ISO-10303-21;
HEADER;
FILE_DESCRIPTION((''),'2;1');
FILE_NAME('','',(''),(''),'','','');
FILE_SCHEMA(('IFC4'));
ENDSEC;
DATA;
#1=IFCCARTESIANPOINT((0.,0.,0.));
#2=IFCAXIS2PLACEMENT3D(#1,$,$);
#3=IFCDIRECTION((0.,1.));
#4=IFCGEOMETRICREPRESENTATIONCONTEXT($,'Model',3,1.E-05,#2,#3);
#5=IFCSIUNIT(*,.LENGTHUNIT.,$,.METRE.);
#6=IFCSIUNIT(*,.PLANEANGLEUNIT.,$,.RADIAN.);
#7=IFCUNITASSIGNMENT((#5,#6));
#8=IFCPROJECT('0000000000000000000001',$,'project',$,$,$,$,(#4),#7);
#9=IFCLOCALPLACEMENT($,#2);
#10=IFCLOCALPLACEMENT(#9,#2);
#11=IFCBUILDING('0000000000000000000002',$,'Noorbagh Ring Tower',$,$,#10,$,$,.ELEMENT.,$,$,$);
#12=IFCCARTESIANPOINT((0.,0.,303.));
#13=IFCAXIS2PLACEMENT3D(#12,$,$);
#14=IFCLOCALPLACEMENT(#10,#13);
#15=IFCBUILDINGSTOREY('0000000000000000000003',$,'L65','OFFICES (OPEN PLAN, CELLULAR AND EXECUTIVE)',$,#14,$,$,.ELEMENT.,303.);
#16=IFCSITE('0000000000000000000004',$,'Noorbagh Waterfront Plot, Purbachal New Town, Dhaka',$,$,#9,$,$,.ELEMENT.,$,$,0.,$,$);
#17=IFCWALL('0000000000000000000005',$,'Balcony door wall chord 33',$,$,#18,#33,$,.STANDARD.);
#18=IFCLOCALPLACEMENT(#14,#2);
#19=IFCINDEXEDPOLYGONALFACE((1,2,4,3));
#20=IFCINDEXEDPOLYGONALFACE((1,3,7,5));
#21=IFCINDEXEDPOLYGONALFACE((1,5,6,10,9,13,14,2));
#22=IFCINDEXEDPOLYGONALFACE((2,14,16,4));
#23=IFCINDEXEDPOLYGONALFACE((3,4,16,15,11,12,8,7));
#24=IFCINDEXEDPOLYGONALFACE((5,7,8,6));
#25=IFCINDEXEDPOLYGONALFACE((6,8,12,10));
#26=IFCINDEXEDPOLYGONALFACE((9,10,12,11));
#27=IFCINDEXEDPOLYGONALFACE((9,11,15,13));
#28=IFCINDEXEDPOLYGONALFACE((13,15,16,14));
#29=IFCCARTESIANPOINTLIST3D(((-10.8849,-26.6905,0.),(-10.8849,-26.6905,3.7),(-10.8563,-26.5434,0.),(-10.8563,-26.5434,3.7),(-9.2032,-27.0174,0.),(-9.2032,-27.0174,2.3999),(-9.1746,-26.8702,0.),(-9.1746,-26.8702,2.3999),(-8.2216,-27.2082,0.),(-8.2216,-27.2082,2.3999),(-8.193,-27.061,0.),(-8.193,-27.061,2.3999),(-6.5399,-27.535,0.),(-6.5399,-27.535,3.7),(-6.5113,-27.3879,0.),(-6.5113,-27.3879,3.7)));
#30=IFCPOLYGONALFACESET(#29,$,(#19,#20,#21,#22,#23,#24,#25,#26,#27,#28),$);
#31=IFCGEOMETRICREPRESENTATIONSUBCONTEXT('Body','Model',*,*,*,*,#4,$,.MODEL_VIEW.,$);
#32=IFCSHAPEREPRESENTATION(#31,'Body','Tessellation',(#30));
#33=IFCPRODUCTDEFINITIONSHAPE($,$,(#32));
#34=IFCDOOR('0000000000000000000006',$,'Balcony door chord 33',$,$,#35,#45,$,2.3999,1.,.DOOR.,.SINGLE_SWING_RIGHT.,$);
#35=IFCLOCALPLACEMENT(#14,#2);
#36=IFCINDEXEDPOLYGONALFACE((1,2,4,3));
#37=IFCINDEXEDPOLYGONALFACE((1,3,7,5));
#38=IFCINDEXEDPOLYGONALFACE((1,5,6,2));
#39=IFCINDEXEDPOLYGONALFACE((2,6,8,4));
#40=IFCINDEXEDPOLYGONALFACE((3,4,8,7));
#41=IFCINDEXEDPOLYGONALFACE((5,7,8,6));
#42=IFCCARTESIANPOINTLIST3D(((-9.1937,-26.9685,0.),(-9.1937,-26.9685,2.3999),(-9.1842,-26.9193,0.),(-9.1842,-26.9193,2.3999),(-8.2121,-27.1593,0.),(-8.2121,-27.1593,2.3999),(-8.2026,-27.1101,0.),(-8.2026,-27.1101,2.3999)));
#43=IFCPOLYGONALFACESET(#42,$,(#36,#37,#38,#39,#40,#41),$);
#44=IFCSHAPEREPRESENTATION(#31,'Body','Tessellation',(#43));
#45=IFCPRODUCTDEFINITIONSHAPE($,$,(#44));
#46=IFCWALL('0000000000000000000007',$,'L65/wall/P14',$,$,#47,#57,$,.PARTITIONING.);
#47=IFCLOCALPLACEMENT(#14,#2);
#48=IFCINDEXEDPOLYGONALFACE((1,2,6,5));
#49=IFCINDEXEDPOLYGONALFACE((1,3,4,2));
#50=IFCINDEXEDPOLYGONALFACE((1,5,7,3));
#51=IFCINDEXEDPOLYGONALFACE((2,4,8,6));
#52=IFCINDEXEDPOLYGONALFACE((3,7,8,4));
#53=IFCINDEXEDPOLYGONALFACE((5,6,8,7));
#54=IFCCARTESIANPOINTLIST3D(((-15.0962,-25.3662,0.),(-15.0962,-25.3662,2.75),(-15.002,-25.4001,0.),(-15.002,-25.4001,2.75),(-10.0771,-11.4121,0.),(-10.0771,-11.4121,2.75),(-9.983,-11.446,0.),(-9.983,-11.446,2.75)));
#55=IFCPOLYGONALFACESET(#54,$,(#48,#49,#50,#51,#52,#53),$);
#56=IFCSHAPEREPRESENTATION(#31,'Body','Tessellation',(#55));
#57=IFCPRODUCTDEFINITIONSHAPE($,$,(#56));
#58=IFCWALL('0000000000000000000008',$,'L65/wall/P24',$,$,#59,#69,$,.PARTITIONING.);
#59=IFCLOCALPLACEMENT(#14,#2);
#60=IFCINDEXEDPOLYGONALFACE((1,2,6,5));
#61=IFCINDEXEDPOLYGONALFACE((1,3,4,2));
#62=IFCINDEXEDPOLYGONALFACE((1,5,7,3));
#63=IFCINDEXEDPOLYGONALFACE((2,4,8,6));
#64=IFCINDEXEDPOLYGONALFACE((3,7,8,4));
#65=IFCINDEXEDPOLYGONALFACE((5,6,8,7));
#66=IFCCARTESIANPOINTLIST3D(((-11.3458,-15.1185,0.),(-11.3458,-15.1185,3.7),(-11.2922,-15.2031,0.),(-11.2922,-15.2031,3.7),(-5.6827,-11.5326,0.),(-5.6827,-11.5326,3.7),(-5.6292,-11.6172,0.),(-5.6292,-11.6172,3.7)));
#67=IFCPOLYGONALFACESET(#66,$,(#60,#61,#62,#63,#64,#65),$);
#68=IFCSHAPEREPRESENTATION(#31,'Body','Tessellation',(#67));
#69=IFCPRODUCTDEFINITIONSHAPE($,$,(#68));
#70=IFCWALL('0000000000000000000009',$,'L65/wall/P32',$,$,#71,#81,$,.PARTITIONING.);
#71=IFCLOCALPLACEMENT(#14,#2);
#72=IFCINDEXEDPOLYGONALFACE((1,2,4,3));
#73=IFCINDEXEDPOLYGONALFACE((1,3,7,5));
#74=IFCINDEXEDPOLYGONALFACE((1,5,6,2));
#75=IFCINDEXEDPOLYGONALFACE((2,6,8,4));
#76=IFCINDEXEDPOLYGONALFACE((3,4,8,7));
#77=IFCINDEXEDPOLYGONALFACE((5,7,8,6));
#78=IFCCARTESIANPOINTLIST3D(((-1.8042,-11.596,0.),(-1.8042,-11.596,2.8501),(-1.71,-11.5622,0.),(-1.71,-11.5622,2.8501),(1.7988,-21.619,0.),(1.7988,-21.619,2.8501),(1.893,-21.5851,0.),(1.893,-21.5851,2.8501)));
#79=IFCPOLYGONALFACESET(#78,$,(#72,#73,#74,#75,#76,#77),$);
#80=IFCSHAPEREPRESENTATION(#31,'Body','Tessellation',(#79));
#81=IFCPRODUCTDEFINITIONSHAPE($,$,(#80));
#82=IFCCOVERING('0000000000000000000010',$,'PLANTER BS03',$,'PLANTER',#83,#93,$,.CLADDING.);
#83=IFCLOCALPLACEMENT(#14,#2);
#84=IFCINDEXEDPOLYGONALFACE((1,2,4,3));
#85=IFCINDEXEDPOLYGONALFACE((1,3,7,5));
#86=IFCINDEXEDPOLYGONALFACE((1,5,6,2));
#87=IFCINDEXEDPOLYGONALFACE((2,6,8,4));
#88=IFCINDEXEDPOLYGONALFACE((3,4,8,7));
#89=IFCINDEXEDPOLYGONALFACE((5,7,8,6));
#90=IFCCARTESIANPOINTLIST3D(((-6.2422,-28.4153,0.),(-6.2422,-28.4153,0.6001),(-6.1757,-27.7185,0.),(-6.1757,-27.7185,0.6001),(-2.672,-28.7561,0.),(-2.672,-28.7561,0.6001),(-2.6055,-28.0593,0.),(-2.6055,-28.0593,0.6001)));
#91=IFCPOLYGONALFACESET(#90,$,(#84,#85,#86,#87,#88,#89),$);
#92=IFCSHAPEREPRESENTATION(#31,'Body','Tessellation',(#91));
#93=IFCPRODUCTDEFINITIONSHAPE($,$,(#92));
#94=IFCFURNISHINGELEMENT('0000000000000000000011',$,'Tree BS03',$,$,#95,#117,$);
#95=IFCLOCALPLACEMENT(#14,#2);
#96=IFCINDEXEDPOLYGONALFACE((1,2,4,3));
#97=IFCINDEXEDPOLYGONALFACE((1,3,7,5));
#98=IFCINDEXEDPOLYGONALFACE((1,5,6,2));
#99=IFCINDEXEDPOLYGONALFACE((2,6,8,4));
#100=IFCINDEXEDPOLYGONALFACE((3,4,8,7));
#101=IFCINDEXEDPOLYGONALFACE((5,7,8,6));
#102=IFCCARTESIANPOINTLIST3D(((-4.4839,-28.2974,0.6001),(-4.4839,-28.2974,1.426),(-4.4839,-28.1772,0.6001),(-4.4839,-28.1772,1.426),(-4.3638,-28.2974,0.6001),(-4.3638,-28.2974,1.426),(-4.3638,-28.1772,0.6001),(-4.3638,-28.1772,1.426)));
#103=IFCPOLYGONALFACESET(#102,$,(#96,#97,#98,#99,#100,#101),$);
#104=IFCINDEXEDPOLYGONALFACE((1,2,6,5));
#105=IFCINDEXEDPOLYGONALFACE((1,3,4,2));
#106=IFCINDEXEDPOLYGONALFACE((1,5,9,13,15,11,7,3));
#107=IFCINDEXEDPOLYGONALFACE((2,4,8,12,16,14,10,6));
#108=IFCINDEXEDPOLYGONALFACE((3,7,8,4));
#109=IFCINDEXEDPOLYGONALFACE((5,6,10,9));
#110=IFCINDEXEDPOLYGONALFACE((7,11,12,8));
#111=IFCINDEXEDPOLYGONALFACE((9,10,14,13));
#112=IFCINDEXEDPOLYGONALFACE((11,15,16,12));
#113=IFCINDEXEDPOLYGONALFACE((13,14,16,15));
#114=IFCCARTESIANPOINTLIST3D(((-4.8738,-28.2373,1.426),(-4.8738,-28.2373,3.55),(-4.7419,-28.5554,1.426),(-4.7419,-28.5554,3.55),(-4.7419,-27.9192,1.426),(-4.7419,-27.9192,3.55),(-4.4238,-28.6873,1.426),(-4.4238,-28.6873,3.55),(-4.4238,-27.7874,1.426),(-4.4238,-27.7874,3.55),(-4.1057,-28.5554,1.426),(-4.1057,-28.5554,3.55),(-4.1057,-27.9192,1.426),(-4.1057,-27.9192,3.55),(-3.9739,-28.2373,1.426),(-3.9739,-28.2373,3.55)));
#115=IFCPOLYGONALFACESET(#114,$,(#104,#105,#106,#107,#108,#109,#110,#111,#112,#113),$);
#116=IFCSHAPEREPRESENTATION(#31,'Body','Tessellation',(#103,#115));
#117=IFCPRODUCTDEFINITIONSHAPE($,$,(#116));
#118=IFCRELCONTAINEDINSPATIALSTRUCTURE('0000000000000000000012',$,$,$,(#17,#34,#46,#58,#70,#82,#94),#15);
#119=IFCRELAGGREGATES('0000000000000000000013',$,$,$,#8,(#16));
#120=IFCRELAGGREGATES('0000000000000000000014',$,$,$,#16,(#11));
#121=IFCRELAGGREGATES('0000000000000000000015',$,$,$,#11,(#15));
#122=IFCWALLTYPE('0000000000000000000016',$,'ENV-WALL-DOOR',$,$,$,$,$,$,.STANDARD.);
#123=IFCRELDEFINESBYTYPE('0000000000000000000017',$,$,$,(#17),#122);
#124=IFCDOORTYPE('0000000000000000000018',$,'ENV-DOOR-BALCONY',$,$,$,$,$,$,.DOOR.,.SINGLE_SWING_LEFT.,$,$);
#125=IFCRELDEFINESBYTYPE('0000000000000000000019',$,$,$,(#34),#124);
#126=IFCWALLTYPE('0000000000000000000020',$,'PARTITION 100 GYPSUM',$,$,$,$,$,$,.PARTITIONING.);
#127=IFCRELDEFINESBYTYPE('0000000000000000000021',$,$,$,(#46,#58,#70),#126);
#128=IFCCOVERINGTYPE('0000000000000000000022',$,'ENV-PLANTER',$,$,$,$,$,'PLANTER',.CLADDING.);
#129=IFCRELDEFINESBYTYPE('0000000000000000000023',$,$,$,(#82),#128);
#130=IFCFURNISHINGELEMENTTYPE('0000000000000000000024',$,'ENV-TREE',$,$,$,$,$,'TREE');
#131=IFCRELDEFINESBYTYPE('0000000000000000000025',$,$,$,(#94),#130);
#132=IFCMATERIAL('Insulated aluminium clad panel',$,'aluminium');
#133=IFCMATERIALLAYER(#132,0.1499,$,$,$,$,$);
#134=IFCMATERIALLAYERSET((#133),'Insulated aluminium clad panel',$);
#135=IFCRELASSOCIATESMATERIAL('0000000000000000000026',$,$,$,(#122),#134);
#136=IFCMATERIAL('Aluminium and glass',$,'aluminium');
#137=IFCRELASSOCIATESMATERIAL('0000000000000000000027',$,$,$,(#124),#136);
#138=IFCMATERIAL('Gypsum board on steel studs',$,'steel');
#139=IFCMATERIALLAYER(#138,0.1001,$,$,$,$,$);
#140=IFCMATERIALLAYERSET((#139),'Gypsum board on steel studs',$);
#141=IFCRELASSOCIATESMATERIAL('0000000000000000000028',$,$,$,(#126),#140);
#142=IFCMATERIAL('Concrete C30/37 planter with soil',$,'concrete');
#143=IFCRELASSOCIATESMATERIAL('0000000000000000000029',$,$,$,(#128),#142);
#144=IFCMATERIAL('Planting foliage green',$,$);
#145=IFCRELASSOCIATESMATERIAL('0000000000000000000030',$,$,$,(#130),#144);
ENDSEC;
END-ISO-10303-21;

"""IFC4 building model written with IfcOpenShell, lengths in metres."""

from ifc_helpers import new_model, si_unit, direction, frame, frame_2d, origin, origin_2d, place, context, subcontext, project, spatial, polyline, rectangle, outline, extrude, material, layer, layer_set, type_object, element, fill, save


model = new_model("IFC4")

# Units and contexts
model_context = context("Model", 3, precision=1e-05, world=origin(), true_north=direction((0.0, 1.0)))
body_context = subcontext(model_context, "Body", "Model", "MODEL_VIEW")
ifc_project = project(units=[si_unit("LENGTHUNIT", "METRE"), si_unit("PLANEANGLEUNIT", "RADIAN")], contexts=[model_context])

# Site, building, storey
site_placement = place(None, origin())
site = spatial("IfcSite", under=ifc_project, at=site_placement, Name="Noorbagh Waterfront Plot, Purbachal New Town, Dhaka", CompositionType="ELEMENT", RefElevation=0.0)
building_placement = place(site_placement, origin())
building = spatial("IfcBuilding", under=site, at=building_placement, Name="Noorbagh Ring Tower", CompositionType="ELEMENT")
storey_placement = place(building_placement, frame((0.0, 0.0, 303.0)))
storey = spatial("IfcBuildingStorey", under=building, at=storey_placement, Name="L65", Description="OFFICES (OPEN PLAN, CELLULAR AND EXECUTIVE)", CompositionType="ELEMENT", Elevation=303.0)

# Wall, opening, door
ifc_material_1 = material(Name="Insulated aluminium clad panel", Category="aluminium")
ifc_layer_1 = layer(ifc_material_1, 0.1499)
ifc_layer_set_1 = layer_set([ifc_layer_1], Name="Insulated aluminium clad panel")
wall_type_1 = type_object("IfcWallType", Name="ENV-WALL-DOOR", PredefinedType="STANDARD", material=ifc_layer_set_1)
wall_1_placement = place(storey_placement, frame((-10.8706, -26.6169, 0.0), z_axis=(0.0, 0.0, 1.0), x_axis=(0.981631, -0.190788, 0.0)))
wall_1 = element("IfcWall", 1, at=wall_1_placement, inside=storey, type_object=wall_type_1, Name="Balcony door wall chord 33", PredefinedType="STANDARD", context=body_context, shape_type="SweptSolid", body=[
    extrude(rectangle(XDim=4.4263, YDim=0.1499, at=frame_2d((2.2131, 0.0))), origin(), (0.0, 0.0, 1.0), 3.7),
])
opening_placement = place(wall_1_placement, frame((1.7131, 0.0, 0.0)))
opening = element("IfcOpeningElement", 2, at=opening_placement, cuts=wall_1, PredefinedType="OPENING", context=body_context, shape_type="SweptSolid", body=[
    extrude(rectangle(XDim=1.0, YDim=2.3999, at=frame_2d((0.5, 1.2))), frame((0.0, 0.085, 0.0), z_axis=(0.0, -1.0, 0.0), x_axis=(1.0, 0.0, 0.0)), (0.0, 0.0, 1.0), 0.1699),
])
ifc_material_2 = material(Name="Aluminium and glass", Category="aluminium")
door_type = type_object("IfcDoorType", Name="ENV-DOOR-BALCONY", OperationType="SINGLE_SWING_LEFT", PredefinedType="DOOR", material=ifc_material_2)
door_placement = place(opening_placement, origin())
door = element("IfcDoor", 3, at=door_placement, inside=storey, type_object=door_type, Name="Balcony door chord 33", OperationType="SINGLE_SWING_RIGHT", OverallHeight=2.3999, OverallWidth=1.0, PredefinedType="DOOR", context=body_context, shape_type="SweptSolid", body=[
    extrude(rectangle(XDim=1.0, YDim=2.3999, at=frame_2d((0.5, 1.2))), frame((0.0, 0.0249, 0.0), z_axis=(0.0, -1.0, 0.0), x_axis=(1.0, 0.0, 0.0)), (0.0, 0.0, 1.0), 0.05),
])
fill(opening, door)

# Walls
ifc_material_3 = material(Name="Gypsum board on steel studs", Category="steel")
ifc_layer_2 = layer(ifc_material_3, 0.1001)
ifc_layer_set_2 = layer_set([ifc_layer_2], Name="Gypsum board on steel studs")
wall_type_2 = type_object("IfcWallType", Name="PARTITION 100 GYPSUM", PredefinedType="PARTITIONING", material=ifc_layer_set_2)
wall_2_placement = place(storey_placement, frame((-15.0491, -25.3831, 0.0), z_axis=(0.0, 0.0, 1.0), x_axis=(0.338455, 0.940983, 0.0)))
element("IfcWall", 4, at=wall_2_placement, inside=storey, type_object=wall_type_2, Name="L65/wall/P14", PredefinedType="PARTITIONING", context=body_context, shape_type="SweptSolid", body=[
    extrude(rectangle(XDim=14.8293, YDim=0.1001, at=frame_2d((7.4146, 0.0))), origin(), (0.0, 0.0, 1.0), 2.75),
])
wall_3_placement = place(storey_placement, frame((-11.3191, -15.1609, 0.0), z_axis=(0.0, 0.0, 1.0), x_axis=(0.844865, 0.534979, 0.0)))
element("IfcWall", 5, at=wall_3_placement, inside=storey, type_object=wall_type_2, Name="L65/wall/P24", PredefinedType="PARTITIONING", context=body_context, shape_type="SweptSolid", body=[
    extrude(rectangle(XDim=6.7029, YDim=0.1001, at=frame_2d((3.3516, 0.0))), origin(), (0.0, 0.0, 1.0), 3.7),
])
wall_4_placement = place(storey_placement, frame((-1.7571, -11.5791, 0.0), z_axis=(0.0, 0.0, 1.0), x_axis=(0.338284, -0.941044, 0.0)))
element("IfcWall", 6, at=wall_4_placement, inside=storey, type_object=wall_type_2, Name="L65/wall/P32", PredefinedType="PARTITIONING", context=body_context, shape_type="SweptSolid", body=[
    extrude(rectangle(XDim=10.6509, YDim=0.1001, at=frame_2d((5.3254, 0.0))), origin(), (0.0, 0.0, 1.0), 2.8501),
])

# Covering
ifc_material_4 = material(Name="Concrete C30/37 planter with soil", Category="concrete")
covering_type = type_object("IfcCoveringType", Name="ENV-PLANTER", ElementType="PLANTER", PredefinedType="CLADDING", material=ifc_material_4)
covering_placement = place(storey_placement, frame((-4.4238, -28.2373, 0.0), z_axis=(0.0, 0.0, 1.0), x_axis=(0.995476, -0.095008, 0.0)))
element("IfcCovering", 7, at=covering_placement, inside=storey, type_object=covering_type, Name="PLANTER BS03", ObjectType="PLANTER", PredefinedType="CLADDING", context=body_context, shape_type="SweptSolid", body=[
    extrude(rectangle(XDim=3.5864, YDim=0.7, at=origin_2d()), origin(), (0.0, 0.0, 1.0), 0.6001),
])

# Furnishing element
ifc_material_5 = material(Name="Planting foliage green")
furnishing_element_type = type_object("IfcFurnishingElementType", Name="ENV-TREE", ElementType="TREE", material=ifc_material_5)
furnishing_placement = place(storey_placement, frame((-4.4238, -28.2373, 0.6001), z_axis=(0.0, 0.0, 1.0), x_axis=(1.0, 0.0, 0.0)))
element("IfcFurnishingElement", 8, at=furnishing_placement, inside=storey, type_object=furnishing_element_type, Name="Tree BS03", context=body_context, shape_type="SweptSolid", body=[
    extrude(rectangle(XDim=0.1201, YDim=0.1201, at=origin_2d()), origin(), (0.0, 0.0, 1.0), 0.8259),
    extrude(outline(polyline([(0.45, 0.0), (0.3181, 0.3181), (0.0, 0.45), (-0.3181, 0.3181), (-0.45, 0.0), (-0.3181, -0.3181), (0.0, -0.45), (0.3181, -0.3181), (0.45, 0.0)])), frame((0.0, 0.0, 0.8259)), (0.0, 0.0, 1.0), 2.124),
])

save(model, "model.ifc")
